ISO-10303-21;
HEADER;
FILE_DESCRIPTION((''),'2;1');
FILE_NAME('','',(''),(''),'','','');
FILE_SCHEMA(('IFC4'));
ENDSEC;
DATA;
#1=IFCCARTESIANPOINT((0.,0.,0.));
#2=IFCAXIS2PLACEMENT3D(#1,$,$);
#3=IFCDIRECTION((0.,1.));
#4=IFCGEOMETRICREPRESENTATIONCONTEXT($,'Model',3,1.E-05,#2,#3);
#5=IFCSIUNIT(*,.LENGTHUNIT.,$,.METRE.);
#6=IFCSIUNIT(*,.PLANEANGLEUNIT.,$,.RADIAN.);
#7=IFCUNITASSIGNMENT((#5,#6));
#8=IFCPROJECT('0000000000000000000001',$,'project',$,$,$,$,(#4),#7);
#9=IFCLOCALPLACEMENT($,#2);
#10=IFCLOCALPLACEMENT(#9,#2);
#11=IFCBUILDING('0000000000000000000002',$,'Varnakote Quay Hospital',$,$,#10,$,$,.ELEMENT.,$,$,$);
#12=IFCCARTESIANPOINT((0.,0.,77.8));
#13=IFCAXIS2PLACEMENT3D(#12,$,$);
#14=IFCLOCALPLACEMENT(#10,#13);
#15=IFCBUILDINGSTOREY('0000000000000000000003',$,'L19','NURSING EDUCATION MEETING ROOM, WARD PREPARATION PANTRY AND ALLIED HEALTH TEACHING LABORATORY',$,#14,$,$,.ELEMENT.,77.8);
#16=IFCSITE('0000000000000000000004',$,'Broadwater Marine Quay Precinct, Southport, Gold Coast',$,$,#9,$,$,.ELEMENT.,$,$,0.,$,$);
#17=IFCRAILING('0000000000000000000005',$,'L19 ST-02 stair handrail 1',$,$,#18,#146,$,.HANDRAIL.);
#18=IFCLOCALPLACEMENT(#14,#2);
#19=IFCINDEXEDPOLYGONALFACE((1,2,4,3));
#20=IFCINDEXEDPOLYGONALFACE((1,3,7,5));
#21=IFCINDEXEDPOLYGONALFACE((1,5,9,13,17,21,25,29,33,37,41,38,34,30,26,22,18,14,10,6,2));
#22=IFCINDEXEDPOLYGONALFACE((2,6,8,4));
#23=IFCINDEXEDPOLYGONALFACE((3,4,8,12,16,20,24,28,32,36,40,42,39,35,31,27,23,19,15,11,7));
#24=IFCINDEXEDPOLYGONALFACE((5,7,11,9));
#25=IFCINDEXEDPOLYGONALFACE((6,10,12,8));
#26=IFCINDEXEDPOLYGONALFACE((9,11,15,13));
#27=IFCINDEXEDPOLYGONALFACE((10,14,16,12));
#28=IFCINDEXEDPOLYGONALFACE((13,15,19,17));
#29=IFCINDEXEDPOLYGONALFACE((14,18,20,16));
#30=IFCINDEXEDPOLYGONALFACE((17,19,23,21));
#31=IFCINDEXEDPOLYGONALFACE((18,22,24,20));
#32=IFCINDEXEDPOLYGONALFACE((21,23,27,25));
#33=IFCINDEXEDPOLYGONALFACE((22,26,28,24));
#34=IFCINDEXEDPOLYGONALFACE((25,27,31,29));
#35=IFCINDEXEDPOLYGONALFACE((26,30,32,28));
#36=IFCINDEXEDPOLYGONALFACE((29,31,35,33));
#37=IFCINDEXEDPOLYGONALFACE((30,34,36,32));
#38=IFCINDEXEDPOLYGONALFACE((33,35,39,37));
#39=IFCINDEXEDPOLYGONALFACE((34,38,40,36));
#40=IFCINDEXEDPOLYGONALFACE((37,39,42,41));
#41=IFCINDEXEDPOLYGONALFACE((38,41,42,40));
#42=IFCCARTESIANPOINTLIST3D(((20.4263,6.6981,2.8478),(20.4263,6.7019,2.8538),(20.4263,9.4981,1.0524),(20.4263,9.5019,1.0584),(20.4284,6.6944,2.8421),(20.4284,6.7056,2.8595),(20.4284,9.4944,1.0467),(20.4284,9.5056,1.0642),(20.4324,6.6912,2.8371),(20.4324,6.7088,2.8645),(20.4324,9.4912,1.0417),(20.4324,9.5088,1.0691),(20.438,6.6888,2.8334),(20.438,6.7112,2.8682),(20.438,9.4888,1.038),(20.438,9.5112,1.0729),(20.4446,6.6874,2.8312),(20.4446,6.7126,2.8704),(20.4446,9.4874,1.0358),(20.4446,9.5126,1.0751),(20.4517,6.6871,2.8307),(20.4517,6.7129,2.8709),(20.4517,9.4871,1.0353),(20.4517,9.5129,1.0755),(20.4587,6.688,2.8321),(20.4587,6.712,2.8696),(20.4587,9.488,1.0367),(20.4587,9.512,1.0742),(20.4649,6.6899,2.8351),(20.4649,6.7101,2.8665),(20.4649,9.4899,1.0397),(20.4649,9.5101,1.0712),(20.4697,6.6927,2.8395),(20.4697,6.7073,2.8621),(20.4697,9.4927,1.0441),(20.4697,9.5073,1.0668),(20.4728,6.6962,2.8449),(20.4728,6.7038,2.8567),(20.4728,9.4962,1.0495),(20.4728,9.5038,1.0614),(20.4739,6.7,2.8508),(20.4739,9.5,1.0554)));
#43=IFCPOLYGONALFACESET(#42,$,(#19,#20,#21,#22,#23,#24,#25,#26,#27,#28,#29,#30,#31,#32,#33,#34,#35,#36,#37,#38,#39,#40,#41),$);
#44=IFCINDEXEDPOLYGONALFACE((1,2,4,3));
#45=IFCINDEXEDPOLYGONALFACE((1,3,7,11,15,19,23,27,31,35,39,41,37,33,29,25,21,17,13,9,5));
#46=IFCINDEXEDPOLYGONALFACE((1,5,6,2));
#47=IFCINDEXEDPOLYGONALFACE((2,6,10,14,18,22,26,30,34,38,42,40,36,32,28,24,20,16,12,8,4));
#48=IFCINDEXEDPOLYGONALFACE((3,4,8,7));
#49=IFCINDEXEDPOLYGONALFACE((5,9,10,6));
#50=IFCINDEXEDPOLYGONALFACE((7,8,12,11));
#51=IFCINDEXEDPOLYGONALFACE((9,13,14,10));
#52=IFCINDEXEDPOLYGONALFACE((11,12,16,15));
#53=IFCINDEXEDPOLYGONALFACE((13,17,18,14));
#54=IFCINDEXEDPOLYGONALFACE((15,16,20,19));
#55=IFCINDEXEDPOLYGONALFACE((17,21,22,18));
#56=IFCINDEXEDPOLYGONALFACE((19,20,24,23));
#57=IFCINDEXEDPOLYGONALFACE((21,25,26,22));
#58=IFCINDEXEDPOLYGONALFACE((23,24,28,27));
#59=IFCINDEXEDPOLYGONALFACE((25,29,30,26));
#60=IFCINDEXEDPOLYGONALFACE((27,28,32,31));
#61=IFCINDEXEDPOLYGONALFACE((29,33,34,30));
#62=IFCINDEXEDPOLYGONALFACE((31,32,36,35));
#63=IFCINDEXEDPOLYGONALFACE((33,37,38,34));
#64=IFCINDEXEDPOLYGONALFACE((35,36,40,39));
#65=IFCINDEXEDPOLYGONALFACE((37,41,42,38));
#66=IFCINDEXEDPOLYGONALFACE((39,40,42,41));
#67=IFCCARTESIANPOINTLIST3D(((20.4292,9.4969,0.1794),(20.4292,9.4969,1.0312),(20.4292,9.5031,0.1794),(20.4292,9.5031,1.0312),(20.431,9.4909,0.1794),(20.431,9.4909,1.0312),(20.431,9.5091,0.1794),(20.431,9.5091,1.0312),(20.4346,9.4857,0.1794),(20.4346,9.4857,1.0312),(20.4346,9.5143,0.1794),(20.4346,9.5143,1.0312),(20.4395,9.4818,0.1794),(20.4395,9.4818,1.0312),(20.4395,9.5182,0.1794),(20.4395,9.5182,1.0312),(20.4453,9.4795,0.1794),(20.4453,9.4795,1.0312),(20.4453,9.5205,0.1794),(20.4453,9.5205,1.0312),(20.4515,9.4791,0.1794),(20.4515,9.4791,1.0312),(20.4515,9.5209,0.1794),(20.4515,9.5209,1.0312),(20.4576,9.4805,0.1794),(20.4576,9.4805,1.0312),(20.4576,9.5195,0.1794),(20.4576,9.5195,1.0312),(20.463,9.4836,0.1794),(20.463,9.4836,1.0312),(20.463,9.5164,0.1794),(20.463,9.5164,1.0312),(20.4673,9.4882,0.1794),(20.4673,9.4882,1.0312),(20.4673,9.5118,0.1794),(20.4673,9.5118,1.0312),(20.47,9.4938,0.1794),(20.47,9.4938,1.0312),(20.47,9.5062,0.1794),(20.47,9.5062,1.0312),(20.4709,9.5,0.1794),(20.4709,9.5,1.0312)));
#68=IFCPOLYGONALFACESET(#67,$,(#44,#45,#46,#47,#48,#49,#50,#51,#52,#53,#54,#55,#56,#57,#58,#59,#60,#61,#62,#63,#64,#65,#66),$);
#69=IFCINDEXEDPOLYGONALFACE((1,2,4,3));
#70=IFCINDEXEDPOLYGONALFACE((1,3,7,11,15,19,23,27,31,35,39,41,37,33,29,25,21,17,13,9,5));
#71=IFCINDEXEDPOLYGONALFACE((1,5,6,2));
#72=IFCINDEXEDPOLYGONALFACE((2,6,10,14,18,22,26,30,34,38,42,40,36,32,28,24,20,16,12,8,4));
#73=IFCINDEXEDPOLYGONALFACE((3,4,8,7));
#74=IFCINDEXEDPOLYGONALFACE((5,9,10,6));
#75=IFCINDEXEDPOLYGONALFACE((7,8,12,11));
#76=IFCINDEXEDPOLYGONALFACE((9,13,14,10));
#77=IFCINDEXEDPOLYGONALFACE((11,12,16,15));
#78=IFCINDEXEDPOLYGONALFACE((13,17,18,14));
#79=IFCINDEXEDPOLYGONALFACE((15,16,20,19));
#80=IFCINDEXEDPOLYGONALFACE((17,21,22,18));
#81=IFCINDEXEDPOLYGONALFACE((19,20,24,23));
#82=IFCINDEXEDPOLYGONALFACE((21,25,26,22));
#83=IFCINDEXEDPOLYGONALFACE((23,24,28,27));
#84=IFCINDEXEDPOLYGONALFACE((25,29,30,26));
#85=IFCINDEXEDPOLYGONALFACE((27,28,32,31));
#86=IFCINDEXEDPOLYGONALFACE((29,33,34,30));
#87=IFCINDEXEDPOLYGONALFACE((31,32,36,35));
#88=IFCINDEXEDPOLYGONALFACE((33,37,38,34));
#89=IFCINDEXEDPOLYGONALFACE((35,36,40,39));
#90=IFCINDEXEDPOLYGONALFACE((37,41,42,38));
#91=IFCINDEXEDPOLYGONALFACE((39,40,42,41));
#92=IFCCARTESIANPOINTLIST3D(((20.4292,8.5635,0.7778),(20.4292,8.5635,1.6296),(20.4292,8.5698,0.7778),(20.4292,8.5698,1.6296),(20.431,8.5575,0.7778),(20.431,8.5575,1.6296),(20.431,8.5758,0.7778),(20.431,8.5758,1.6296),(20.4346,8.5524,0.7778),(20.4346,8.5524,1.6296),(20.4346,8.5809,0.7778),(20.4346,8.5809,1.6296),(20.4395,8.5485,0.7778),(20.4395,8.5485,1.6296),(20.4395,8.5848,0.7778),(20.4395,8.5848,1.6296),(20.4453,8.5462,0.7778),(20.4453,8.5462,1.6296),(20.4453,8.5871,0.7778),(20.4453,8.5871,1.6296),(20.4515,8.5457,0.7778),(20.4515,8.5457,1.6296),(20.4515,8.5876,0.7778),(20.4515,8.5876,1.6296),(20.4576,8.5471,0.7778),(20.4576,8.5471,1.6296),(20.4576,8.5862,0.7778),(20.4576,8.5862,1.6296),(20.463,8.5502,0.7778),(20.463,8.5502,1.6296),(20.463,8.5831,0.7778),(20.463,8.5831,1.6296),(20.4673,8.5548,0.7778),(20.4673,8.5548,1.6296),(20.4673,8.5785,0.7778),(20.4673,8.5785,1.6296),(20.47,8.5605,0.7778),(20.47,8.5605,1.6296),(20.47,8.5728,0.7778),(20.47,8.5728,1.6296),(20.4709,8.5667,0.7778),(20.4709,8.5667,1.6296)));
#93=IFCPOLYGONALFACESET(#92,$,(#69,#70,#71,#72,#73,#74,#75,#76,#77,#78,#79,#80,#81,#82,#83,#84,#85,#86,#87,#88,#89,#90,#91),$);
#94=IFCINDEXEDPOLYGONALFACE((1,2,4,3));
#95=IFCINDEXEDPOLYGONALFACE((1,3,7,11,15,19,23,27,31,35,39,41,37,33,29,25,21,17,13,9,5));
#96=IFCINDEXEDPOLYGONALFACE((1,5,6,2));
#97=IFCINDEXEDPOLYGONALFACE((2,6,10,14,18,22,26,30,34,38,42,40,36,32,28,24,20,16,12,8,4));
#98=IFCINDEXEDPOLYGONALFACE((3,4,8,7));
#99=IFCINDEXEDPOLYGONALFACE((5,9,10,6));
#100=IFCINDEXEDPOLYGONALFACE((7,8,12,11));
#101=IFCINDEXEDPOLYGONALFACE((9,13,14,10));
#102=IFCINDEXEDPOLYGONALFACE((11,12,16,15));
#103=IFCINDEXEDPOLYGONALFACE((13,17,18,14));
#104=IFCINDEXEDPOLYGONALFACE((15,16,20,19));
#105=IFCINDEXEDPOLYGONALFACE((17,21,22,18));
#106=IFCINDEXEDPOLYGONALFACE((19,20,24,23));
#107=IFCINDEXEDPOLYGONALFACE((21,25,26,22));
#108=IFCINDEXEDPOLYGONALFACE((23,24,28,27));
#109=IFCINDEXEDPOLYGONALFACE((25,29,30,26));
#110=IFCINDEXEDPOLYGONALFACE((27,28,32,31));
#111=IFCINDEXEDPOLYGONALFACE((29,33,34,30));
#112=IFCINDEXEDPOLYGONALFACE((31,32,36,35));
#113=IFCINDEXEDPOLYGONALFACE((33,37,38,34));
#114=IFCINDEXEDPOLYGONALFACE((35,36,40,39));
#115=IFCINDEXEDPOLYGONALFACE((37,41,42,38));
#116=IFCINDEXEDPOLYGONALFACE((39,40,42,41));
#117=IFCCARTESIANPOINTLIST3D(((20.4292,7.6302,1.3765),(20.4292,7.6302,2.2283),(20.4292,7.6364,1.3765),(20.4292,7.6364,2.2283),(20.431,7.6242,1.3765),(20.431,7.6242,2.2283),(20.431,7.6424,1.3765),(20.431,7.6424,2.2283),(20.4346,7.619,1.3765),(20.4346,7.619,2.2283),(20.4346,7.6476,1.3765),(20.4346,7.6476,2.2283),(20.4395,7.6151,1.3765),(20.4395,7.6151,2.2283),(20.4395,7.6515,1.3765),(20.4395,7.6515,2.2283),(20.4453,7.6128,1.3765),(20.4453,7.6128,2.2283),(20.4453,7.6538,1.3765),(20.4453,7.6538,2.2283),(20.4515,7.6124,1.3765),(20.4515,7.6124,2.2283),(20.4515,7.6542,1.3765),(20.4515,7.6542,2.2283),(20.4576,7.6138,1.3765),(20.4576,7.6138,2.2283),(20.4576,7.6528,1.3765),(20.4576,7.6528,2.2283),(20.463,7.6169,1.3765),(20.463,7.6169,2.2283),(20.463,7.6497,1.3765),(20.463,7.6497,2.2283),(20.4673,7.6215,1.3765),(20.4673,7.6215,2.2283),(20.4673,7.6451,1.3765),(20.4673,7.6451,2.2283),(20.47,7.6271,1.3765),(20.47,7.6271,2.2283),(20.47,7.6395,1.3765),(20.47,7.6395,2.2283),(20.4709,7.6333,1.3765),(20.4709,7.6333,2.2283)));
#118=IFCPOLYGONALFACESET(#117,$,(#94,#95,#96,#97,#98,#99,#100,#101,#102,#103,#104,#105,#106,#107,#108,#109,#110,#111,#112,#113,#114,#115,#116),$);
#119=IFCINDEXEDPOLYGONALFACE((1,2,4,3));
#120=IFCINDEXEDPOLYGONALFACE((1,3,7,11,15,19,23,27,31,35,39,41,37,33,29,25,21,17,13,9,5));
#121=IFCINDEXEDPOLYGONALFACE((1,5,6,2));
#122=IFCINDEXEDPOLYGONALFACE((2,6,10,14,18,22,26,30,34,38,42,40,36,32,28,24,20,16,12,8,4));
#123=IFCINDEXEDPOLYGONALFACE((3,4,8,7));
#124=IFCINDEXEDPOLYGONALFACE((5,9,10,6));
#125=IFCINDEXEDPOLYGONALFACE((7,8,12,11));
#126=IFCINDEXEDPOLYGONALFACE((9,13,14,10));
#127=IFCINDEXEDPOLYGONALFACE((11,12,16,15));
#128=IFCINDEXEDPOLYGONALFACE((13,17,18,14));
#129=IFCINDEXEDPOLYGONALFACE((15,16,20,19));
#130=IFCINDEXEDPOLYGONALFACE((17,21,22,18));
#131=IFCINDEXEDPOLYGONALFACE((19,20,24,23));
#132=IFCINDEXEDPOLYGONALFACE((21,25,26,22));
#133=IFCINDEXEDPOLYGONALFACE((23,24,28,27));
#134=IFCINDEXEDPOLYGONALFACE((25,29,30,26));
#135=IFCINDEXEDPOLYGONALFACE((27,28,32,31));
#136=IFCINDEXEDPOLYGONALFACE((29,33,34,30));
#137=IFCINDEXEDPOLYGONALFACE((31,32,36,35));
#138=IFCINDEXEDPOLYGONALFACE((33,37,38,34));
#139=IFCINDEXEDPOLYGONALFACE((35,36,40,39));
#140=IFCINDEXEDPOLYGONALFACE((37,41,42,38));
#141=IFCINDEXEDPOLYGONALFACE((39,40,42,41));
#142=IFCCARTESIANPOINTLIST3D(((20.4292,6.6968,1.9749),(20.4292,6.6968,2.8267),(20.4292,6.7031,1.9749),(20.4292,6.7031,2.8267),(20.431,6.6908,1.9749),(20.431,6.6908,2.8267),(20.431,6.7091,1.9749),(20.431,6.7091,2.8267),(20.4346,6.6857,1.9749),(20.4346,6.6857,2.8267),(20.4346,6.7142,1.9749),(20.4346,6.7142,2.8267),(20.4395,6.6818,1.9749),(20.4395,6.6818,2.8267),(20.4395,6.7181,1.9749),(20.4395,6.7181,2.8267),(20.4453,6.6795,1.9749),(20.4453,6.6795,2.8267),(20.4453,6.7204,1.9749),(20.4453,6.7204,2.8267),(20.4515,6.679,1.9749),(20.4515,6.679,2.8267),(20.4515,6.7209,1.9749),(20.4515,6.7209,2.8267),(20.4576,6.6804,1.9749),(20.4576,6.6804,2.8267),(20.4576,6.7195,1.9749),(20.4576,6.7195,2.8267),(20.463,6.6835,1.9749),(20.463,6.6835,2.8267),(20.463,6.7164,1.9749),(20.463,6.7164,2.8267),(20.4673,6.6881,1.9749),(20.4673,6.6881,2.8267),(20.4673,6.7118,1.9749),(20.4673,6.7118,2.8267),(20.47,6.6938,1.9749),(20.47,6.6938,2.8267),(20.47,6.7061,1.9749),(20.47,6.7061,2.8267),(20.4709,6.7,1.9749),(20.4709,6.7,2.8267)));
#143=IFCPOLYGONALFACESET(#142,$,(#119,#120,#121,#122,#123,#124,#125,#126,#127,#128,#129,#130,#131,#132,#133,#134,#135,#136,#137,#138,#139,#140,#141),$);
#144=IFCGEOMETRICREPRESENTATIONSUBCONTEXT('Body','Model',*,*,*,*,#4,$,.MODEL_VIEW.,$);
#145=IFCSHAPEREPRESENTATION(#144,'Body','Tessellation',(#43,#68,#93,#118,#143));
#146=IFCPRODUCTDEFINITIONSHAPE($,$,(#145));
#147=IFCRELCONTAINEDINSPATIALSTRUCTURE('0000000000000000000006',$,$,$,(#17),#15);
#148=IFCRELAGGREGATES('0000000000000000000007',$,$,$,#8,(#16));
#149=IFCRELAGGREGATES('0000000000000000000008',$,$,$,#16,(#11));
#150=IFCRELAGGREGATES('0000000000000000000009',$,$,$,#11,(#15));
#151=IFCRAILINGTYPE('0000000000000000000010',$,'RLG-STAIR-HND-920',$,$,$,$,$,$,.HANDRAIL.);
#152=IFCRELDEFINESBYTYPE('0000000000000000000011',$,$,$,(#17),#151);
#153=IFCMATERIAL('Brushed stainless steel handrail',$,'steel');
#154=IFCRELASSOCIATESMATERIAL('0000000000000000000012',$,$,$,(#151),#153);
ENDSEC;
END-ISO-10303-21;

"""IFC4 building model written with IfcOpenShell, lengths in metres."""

from ifc_helpers import new_model, si_unit, direction, frame, origin, origin_2d, place, context, subcontext, project, spatial, circle, extrude, material, type_object, element, save


model = new_model("IFC4")

# Units and contexts
model_context = context("Model", 3, precision=1e-05, world=origin(), true_north=direction((0.0, 1.0)))
body_context = subcontext(model_context, "Body", "Model", "MODEL_VIEW")
ifc_project = project(units=[si_unit("LENGTHUNIT", "METRE"), si_unit("PLANEANGLEUNIT", "RADIAN")], contexts=[model_context])

# Site, building, storey
site_placement = place(None, origin())
site = spatial("IfcSite", under=ifc_project, at=site_placement, Name="Broadwater Marine Quay Precinct, Southport, Gold Coast", CompositionType="ELEMENT", RefElevation=0.0)
building_placement = place(site_placement, origin())
building = spatial("IfcBuilding", under=site, at=building_placement, Name="Varnakote Quay Hospital", CompositionType="ELEMENT")
storey_placement = place(building_placement, frame((0.0, 0.0, 77.8)))
storey = spatial("IfcBuildingStorey", under=building, at=storey_placement, Name="L19", Description="NURSING EDUCATION MEETING ROOM, WARD PREPARATION PANTRY AND ALLIED HEALTH TEACHING LABORATORY", CompositionType="ELEMENT", Elevation=77.8)

# Railing
ifc_material_1 = material(Name="Brushed stainless steel handrail", Category="steel")
railing_type_1 = type_object("IfcRailingType", Name="RLG-STAIR-HND-920", PredefinedType="HANDRAIL", material=ifc_material_1)
railing_1_placement = place(storey_placement, frame((20.45, 9.5, 0.1794)))
element("IfcRailing", 1, at=railing_1_placement, inside=storey, type_object=railing_type_1, Name="L19 ST-02 stair handrail 1", PredefinedType="HANDRAIL", context=body_context, shape_type="SweptSolid", body=[
    extrude(circle(Radius=0.0239, at=origin_2d()), frame((0.0, 0.0, 0.876), z_axis=(0.0, -0.84181, 0.539774), x_axis=(1.0, 0.0, 0.0)), (0.0, 0.0, 1.0), 3.3262),
    extrude(circle(Radius=0.021, at=origin_2d()), origin(), (0.0, 0.0, 1.0), 0.8518),
    extrude(circle(Radius=0.021, at=origin_2d()), frame((0.0, -0.9333, 0.5984)), (0.0, 0.0, 1.0), 0.8518),
    extrude(circle(Radius=0.021, at=origin_2d()), frame((0.0, -1.8667, 1.197)), (0.0, 0.0, 1.0), 0.8518),
    extrude(circle(Radius=0.021, at=origin_2d()), frame((0.0, -2.8, 1.7954)), (0.0, 0.0, 1.0), 0.8518),
])

save(model, "model.ifc")
